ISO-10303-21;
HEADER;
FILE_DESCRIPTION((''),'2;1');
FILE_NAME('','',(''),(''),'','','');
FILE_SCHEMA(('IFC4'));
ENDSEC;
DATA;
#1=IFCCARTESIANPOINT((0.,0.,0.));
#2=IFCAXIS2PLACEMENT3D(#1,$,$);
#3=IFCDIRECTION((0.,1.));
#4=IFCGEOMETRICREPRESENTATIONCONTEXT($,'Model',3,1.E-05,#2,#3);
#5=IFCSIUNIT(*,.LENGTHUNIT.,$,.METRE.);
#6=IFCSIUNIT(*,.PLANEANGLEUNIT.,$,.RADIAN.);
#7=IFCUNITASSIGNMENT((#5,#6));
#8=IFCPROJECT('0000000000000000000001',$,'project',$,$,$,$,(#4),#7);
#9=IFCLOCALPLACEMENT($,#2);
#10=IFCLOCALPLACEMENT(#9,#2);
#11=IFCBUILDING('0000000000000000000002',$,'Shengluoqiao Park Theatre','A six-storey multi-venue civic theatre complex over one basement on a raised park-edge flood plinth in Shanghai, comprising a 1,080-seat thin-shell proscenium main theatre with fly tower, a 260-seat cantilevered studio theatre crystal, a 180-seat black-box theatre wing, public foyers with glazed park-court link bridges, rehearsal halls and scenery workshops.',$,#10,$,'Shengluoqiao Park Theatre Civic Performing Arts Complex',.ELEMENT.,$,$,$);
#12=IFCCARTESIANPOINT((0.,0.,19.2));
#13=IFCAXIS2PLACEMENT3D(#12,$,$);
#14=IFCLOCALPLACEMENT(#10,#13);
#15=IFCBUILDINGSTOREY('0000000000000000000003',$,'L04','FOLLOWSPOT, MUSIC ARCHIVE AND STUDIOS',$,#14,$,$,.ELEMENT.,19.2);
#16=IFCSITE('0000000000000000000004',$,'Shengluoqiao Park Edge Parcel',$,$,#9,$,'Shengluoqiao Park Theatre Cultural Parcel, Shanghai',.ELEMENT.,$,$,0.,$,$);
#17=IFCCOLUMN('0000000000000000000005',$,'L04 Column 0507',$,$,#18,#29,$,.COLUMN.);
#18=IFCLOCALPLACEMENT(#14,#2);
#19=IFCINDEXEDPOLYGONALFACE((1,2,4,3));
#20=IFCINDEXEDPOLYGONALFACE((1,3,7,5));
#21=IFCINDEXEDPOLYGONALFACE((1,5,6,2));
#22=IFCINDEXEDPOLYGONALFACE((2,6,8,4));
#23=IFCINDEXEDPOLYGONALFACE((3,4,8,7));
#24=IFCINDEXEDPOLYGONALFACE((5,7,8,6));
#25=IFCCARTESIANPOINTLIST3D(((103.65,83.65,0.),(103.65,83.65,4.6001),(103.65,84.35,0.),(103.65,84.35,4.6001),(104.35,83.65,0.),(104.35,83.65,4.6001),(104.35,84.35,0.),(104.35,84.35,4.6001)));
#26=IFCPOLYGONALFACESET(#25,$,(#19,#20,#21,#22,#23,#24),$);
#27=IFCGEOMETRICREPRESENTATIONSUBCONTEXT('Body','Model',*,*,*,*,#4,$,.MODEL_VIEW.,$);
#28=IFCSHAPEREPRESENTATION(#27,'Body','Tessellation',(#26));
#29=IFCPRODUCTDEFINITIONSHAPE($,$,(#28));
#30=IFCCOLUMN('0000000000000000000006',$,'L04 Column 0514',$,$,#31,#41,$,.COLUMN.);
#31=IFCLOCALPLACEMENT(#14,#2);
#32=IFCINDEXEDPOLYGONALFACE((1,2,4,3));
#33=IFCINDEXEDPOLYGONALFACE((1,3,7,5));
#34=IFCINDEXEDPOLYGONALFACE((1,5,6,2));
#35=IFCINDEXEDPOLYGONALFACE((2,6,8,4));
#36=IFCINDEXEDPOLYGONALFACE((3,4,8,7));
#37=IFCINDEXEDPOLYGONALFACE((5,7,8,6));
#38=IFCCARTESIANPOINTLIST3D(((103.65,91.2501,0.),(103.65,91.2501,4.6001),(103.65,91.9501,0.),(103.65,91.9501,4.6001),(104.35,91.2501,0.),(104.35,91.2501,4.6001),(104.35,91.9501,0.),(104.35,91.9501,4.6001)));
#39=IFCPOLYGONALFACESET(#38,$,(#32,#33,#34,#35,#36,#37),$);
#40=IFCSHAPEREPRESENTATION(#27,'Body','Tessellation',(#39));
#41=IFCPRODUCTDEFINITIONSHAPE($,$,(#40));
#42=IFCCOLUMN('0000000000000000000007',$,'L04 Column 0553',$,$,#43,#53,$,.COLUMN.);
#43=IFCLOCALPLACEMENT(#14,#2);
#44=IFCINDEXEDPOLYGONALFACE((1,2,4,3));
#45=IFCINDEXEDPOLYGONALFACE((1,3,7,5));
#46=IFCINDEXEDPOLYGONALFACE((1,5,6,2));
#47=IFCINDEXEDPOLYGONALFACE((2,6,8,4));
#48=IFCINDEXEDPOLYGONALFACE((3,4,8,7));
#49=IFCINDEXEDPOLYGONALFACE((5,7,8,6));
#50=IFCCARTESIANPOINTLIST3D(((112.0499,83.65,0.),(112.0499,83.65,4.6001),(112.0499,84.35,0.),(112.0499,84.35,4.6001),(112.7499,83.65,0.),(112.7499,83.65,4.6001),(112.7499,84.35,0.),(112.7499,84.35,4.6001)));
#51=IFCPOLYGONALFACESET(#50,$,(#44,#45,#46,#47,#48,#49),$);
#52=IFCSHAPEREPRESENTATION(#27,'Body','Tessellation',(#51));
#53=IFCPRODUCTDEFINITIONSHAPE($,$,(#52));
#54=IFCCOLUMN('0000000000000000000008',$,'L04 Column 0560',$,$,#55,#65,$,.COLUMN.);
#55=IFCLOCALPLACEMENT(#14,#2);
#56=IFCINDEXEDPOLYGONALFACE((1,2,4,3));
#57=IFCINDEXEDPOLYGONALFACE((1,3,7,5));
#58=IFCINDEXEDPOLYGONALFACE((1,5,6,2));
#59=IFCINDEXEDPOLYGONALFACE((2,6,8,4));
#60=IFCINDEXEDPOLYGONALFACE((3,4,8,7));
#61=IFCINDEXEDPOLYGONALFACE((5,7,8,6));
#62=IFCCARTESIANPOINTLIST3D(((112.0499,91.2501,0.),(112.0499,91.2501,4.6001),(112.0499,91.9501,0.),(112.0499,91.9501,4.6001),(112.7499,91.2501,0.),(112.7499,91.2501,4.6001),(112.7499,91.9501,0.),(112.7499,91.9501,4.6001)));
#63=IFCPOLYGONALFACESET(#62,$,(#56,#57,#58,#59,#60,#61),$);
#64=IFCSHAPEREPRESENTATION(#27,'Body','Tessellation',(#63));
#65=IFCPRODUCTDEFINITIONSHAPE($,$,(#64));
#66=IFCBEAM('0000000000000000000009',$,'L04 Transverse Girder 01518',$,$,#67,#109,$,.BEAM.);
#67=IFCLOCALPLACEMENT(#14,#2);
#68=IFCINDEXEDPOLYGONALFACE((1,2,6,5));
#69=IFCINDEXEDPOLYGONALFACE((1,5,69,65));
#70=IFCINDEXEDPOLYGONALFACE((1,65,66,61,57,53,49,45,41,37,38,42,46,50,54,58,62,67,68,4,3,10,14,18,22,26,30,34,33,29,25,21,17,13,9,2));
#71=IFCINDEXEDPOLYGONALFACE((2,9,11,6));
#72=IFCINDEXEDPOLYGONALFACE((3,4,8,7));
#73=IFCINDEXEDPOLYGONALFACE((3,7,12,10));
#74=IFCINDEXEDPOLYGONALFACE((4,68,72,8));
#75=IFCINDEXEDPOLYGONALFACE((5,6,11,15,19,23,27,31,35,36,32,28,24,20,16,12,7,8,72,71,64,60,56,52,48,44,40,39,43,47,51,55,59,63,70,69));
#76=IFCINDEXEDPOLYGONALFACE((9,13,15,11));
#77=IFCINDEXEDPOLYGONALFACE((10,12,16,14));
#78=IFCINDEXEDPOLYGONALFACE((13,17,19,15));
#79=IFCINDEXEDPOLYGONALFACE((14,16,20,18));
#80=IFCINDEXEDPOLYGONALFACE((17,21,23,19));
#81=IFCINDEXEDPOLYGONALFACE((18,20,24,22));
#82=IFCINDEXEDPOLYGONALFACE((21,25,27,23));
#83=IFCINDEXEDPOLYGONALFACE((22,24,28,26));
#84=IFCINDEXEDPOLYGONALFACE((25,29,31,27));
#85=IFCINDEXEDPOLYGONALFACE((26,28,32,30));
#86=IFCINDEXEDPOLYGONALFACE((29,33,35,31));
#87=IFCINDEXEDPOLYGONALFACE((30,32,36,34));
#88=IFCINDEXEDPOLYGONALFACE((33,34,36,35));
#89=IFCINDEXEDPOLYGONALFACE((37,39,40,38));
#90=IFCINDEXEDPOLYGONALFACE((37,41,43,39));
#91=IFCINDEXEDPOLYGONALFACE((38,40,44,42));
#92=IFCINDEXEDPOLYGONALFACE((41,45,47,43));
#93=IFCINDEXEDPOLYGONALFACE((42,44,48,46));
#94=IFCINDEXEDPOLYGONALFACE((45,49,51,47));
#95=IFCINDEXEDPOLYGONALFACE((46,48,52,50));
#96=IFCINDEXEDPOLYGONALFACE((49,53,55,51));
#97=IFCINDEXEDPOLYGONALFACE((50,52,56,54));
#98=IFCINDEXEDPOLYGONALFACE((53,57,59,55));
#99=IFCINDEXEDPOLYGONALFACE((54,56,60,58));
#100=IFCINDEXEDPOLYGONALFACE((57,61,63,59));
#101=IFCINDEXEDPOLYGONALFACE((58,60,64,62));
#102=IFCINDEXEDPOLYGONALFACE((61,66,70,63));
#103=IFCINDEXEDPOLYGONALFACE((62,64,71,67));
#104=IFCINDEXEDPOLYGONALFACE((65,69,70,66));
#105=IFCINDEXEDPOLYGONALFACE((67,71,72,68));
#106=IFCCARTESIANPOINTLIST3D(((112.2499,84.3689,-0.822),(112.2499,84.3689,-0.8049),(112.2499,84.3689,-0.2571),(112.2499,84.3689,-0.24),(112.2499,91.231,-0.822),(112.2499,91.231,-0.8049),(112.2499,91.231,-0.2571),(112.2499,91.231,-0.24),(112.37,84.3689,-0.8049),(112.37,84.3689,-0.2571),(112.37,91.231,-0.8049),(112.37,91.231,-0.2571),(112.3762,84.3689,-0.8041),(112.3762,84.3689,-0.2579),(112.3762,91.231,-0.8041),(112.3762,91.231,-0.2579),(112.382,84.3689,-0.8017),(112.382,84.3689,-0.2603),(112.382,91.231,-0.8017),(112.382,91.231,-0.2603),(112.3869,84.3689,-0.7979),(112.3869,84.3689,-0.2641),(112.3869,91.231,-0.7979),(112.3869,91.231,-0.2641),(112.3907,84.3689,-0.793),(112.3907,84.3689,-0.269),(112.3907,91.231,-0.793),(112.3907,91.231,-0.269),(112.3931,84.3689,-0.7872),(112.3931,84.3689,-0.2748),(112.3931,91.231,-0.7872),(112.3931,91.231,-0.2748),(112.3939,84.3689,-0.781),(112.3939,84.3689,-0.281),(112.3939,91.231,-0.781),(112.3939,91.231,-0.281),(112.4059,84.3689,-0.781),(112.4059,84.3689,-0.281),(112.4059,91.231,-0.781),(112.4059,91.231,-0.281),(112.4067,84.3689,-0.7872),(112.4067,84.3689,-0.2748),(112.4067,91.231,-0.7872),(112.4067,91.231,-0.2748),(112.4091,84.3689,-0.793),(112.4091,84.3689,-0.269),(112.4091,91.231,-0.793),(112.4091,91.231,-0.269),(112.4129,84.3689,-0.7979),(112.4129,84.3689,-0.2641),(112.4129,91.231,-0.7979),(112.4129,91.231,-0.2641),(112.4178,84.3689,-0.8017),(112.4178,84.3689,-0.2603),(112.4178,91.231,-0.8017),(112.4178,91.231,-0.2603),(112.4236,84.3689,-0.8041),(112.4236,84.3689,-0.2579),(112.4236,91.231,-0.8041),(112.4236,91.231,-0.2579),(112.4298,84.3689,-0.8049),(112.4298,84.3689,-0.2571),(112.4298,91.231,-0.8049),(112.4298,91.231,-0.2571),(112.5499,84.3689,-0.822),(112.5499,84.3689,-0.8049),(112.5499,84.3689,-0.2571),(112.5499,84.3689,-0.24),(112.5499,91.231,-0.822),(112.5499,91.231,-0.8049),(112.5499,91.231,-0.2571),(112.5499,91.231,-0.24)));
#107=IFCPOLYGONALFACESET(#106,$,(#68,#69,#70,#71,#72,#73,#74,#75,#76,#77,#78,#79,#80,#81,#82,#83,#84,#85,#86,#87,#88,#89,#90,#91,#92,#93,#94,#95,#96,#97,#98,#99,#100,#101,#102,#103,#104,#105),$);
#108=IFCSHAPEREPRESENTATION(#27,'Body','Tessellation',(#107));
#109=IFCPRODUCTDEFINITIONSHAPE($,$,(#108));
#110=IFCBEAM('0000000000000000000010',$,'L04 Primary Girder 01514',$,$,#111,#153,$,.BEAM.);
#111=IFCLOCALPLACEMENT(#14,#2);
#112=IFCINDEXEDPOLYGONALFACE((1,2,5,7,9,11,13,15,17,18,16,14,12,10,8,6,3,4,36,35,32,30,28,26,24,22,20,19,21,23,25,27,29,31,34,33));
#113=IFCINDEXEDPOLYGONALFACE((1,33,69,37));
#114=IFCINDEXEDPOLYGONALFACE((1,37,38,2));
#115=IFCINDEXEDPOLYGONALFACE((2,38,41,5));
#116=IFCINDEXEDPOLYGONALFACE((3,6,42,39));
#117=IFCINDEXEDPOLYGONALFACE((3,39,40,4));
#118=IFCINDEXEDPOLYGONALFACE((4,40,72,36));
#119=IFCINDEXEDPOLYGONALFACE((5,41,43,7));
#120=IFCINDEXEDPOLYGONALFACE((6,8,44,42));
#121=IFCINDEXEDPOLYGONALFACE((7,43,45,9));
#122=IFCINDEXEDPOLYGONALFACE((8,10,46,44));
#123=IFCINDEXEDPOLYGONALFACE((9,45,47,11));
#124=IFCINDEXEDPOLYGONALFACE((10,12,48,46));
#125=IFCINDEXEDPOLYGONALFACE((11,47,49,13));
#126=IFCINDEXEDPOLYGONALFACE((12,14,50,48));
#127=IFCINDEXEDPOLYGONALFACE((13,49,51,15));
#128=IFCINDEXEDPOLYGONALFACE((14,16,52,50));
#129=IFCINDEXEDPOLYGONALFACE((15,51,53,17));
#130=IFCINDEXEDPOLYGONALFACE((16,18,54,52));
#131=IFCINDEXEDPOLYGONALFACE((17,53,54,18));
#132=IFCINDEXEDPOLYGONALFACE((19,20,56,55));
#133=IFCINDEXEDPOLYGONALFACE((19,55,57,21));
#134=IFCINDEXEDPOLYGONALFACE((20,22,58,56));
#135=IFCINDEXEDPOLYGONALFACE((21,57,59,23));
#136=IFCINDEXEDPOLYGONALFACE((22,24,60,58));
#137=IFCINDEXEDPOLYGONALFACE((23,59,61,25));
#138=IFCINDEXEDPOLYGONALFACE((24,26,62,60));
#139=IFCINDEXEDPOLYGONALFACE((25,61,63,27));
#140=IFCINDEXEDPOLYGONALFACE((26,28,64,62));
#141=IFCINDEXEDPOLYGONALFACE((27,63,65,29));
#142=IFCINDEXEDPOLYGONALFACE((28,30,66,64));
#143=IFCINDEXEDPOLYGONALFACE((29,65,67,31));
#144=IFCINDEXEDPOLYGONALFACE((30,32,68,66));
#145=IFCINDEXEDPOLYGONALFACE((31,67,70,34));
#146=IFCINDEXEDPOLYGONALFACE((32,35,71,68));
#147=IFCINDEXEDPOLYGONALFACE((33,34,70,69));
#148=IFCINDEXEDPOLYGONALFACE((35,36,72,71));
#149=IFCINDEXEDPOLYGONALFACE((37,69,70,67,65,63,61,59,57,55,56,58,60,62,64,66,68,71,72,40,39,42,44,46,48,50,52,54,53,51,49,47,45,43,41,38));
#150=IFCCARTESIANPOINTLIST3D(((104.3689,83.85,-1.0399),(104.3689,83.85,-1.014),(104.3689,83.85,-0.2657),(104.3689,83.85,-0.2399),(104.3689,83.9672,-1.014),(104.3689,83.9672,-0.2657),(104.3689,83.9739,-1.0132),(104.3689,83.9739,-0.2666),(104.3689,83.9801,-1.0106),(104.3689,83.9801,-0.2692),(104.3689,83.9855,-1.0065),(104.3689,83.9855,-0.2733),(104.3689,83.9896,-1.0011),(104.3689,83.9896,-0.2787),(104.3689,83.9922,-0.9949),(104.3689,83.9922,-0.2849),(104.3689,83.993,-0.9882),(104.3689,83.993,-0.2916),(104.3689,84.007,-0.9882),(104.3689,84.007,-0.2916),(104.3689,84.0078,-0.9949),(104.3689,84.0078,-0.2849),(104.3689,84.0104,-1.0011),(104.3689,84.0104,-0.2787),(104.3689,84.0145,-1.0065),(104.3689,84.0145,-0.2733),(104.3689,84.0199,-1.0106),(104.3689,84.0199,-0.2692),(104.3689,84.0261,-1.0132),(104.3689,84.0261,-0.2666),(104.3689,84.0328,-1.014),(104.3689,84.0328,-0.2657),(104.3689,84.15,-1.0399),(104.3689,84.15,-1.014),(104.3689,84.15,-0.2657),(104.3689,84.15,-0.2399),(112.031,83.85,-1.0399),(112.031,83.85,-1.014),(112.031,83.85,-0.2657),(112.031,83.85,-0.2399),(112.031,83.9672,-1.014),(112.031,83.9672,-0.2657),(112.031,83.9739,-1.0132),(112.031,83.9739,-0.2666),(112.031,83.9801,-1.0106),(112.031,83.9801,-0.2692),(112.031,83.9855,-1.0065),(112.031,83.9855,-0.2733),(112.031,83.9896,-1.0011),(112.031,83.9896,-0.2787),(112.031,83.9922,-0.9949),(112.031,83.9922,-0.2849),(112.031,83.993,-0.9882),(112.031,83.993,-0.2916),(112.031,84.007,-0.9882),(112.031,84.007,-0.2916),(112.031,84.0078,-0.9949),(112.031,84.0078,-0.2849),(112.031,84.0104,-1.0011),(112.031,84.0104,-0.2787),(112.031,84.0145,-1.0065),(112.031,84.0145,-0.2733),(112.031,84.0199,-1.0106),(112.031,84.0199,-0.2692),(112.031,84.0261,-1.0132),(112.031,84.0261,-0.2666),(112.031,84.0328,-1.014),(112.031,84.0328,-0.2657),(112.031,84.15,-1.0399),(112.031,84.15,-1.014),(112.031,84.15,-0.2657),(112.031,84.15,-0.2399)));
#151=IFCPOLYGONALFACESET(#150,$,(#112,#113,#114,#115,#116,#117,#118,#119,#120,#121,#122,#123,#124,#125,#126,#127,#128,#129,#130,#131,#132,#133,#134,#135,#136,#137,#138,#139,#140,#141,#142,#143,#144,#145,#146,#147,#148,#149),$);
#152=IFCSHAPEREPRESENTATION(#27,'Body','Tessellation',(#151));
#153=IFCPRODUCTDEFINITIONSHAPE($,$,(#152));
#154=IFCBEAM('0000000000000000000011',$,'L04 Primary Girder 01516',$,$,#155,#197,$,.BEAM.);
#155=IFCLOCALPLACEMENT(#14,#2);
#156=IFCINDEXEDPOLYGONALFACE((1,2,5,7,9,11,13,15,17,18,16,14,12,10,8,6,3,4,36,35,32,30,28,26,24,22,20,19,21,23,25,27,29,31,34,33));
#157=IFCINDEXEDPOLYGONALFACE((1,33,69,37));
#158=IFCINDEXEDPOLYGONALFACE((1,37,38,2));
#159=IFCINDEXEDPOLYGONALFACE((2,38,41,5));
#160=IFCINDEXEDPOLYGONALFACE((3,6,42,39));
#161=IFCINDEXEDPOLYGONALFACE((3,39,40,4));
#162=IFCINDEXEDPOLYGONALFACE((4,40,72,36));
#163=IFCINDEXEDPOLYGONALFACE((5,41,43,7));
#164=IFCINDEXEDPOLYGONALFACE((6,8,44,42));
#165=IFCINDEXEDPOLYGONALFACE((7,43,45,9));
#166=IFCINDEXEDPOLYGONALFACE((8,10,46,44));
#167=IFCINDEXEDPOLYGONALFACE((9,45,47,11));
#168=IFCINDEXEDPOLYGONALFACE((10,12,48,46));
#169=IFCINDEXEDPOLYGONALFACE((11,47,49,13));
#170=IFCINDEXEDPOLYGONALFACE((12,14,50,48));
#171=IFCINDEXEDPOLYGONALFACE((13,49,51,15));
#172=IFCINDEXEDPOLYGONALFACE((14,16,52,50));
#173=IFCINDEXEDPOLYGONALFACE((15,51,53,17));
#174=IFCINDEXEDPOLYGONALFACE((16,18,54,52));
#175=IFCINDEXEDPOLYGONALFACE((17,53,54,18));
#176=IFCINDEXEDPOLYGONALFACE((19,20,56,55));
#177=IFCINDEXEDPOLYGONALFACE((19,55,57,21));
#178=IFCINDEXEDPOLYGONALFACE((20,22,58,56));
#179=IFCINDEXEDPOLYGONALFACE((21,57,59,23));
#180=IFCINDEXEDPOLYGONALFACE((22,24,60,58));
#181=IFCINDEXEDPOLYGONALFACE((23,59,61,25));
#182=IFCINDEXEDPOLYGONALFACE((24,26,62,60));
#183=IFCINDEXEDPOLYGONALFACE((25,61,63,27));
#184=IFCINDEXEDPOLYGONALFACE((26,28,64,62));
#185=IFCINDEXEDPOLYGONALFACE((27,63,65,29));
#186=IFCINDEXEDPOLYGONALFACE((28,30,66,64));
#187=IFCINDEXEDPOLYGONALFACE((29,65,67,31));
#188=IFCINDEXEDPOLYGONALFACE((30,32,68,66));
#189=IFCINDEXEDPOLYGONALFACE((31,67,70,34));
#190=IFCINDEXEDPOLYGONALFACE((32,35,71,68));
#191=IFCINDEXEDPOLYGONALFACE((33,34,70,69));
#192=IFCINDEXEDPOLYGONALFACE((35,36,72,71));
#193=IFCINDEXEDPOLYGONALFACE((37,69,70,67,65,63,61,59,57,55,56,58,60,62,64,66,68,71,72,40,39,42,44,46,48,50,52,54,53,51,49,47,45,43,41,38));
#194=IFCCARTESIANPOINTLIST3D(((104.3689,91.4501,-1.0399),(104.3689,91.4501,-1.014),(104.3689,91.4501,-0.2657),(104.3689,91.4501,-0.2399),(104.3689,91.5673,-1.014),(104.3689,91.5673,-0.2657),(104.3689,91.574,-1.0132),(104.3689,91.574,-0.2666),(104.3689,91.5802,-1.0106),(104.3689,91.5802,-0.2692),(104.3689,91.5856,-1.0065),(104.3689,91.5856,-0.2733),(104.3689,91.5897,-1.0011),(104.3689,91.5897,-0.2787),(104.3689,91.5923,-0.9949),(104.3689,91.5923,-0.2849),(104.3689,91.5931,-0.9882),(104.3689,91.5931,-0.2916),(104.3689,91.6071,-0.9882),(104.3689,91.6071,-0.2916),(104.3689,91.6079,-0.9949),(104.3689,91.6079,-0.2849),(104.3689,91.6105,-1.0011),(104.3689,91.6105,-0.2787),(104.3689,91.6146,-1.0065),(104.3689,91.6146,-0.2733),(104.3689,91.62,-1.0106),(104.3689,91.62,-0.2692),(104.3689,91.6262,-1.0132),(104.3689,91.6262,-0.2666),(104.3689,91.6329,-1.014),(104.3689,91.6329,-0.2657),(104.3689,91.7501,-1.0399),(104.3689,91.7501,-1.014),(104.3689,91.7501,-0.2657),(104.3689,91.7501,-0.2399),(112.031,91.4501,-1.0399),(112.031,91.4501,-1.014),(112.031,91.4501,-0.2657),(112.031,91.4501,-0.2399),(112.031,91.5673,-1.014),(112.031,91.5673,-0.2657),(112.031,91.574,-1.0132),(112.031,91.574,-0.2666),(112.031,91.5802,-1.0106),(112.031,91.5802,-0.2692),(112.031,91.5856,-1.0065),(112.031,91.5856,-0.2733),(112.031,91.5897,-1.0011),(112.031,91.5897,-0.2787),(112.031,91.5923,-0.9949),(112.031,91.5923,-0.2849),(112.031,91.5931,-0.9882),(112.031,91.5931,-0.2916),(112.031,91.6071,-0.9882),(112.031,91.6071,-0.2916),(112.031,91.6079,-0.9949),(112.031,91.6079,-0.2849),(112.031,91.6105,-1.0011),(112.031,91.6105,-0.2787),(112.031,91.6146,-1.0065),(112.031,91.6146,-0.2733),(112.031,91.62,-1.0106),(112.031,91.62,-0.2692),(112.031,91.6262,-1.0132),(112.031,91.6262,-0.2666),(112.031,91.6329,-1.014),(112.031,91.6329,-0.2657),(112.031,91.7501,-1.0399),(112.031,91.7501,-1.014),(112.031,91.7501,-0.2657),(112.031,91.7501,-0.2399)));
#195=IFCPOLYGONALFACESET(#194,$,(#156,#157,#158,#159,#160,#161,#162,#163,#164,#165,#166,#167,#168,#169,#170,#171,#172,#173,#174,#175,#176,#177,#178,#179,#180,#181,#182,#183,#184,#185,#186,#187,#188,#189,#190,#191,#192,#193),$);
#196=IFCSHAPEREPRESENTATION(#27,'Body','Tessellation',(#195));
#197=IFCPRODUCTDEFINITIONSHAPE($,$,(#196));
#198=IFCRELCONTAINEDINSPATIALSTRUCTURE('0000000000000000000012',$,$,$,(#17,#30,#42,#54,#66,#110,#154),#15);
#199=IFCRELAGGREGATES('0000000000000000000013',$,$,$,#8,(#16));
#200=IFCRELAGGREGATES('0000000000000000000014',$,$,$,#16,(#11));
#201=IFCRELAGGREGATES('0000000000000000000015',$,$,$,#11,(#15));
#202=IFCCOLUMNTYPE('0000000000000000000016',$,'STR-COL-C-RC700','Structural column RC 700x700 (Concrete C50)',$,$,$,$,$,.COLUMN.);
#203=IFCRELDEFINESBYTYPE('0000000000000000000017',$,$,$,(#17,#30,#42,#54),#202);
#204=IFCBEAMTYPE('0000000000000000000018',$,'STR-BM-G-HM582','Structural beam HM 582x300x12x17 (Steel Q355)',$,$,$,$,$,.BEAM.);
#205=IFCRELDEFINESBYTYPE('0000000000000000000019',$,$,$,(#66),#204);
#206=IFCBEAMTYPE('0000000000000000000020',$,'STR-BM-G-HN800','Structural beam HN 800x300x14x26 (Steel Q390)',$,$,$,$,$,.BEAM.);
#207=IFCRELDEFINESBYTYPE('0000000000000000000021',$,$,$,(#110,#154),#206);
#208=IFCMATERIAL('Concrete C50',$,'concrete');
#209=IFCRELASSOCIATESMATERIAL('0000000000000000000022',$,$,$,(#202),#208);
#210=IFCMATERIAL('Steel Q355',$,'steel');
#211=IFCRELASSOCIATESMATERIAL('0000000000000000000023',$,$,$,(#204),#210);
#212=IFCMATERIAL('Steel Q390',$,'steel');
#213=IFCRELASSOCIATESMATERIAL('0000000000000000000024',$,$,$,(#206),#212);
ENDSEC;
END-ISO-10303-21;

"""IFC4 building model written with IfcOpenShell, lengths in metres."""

from ifc_helpers import new_model, si_unit, direction, frame, origin, origin_2d, place, context, subcontext, project, spatial, rectangle, i_section, extrude, material, material_profile, profile_set, type_object, element, save


model = new_model("IFC4")

# Units and contexts
model_context = context("Model", 3, precision=1e-05, world=origin(), true_north=direction((0.0, 1.0)))
body_context = subcontext(model_context, "Body", "Model", "MODEL_VIEW")
ifc_project = project(units=[si_unit("LENGTHUNIT", "METRE"), si_unit("PLANEANGLEUNIT", "RADIAN")], contexts=[model_context])

# Site, building, storey
site_placement = place(None, origin())
site = spatial("IfcSite", under=ifc_project, at=site_placement, Name="Shengluoqiao Park Edge Parcel", LongName="Shengluoqiao Park Theatre Cultural Parcel, Shanghai", CompositionType="ELEMENT", RefElevation=0.0)
building_placement = place(site_placement, origin())
building = spatial("IfcBuilding", under=site, at=building_placement, Name="Shengluoqiao Park Theatre", Description="A six-storey multi-venue civic theatre complex over one basement on a raised park-edge flood plinth in Shanghai, comprising a 1,080-seat thin-shell proscenium main theatre with fly tower, a 260-seat cantilevered studio theatre crystal, a 180-seat black-box theatre wing, public foyers with glazed park-court link bridges, rehearsal halls and scenery workshops.", LongName="Shengluoqiao Park Theatre Civic Performing Arts Complex", CompositionType="ELEMENT")
storey_placement = place(building_placement, frame((0.0, 0.0, 19.2)))
storey = spatial("IfcBuildingStorey", under=building, at=storey_placement, Name="L04", Description="FOLLOWSPOT, MUSIC ARCHIVE AND STUDIOS", CompositionType="ELEMENT", Elevation=19.2)

# Columns
ifc_material_1 = material(Name="Concrete C50", Category="concrete")
ifc_material_profile_1 = material_profile(ifc_material_1, rectangle(XDim=0.7, YDim=0.7, at=origin_2d()), Name="RC 700x700")
ifc_profile_set_1 = profile_set([ifc_material_profile_1], Name="Concrete C50")
column_type = type_object("IfcColumnType", Name="STR-COL-C-RC700", Description="Structural column RC 700x700 (Concrete C50)", PredefinedType="COLUMN", material=ifc_profile_set_1)
for number, where, z_axis, x_axis, name in (
    (1, (104.0, 84.0, 0.0), (0.0, 0.0, 1.0), (1.0, 0.0, 0.0), "L04 Column 0507"),
    (2, (104.0, 91.6001, 0.0), (0.0, 0.0, 1.0), (1.0, 0.0, 0.0), "L04 Column 0514"),
    (3, (112.3999, 84.0, 0.0), (0.0, 0.0, 1.0), (1.0, 0.0, 0.0), "L04 Column 0553"),
    (4, (112.3999, 91.6001, 0.0), (0.0, 0.0, 1.0), (1.0, 0.0, 0.0), "L04 Column 0560"),
):
    element("IfcColumn", number, at=place(storey_placement, frame(where, z_axis=z_axis, x_axis=x_axis)), inside=storey, type_object=column_type, Name=name, PredefinedType="COLUMN", context=body_context, shape_type="SweptSolid", body=[
        extrude(rectangle(XDim=0.7, YDim=0.7, at=origin_2d()), origin(), (0.0, 0.0, 1.0), 4.6001),
    ])

# Beams
ifc_material_2 = material(Name="Steel Q355", Category="steel")
ifc_material_profile_2 = material_profile(ifc_material_2, i_section(OverallWidth=0.3, OverallDepth=0.582, WebThickness=0.012, FlangeThickness=0.0171, FilletRadius=0.0239, at=origin_2d()), Name="HM 582x300x12x17")
ifc_profile_set_2 = profile_set([ifc_material_profile_2], Name="Steel Q355")
beam_type_1 = type_object("IfcBeamType", Name="STR-BM-G-HM582", Description="Structural beam HM 582x300x12x17 (Steel Q355)", PredefinedType="BEAM", material=ifc_profile_set_2)
beam_placement = place(storey_placement, frame((112.3999, 84.3689, -0.531), z_axis=(0.0, 1.0, 0.0), x_axis=(-1.0, 0.0, 0.0)))
element("IfcBeam", 5, at=beam_placement, inside=storey, type_object=beam_type_1, Name="L04 Transverse Girder 01518", PredefinedType="BEAM", context=body_context, shape_type="SweptSolid", body=[
    extrude(i_section(OverallWidth=0.3, OverallDepth=0.582, WebThickness=0.012, FlangeThickness=0.0171, FilletRadius=0.0239, at=origin_2d()), origin(), (0.0, 0.0, 1.0), 6.8621),
])
ifc_material_3 = material(Name="Steel Q390", Category="steel")
ifc_material_profile_3 = material_profile(ifc_material_3, i_section(OverallWidth=0.3, OverallDepth=0.8, WebThickness=0.0139, FlangeThickness=0.0259, FilletRadius=0.0259, at=origin_2d()), Name="HN 800x300x14x26")
ifc_profile_set_3 = profile_set([ifc_material_profile_3], Name="Steel Q390")
beam_type_2 = type_object("IfcBeamType", Name="STR-BM-G-HN800", Description="Structural beam HN 800x300x14x26 (Steel Q390)", PredefinedType="BEAM", material=ifc_profile_set_3)
for number, where, z_axis, x_axis, name in (
    (6, (104.3689, 84.0, -0.6399), (1.0, 0.0, 0.0), (0.0, 1.0, 0.0), "L04 Primary Girder 01514"),
    (7, (104.3689, 91.6001, -0.6399), (1.0, 0.0, 0.0), (0.0, 1.0, 0.0), "L04 Primary Girder 01516"),
):
    element("IfcBeam", number, at=place(storey_placement, frame(where, z_axis=z_axis, x_axis=x_axis)), inside=storey, type_object=beam_type_2, Name=name, PredefinedType="BEAM", context=body_context, shape_type="SweptSolid", body=[
        extrude(i_section(OverallWidth=0.3, OverallDepth=0.8, WebThickness=0.0139, FlangeThickness=0.0259, FilletRadius=0.0259, at=origin_2d()), origin(), (0.0, 0.0, 1.0), 7.6621),
    ])

save(model, "model.ifc")
